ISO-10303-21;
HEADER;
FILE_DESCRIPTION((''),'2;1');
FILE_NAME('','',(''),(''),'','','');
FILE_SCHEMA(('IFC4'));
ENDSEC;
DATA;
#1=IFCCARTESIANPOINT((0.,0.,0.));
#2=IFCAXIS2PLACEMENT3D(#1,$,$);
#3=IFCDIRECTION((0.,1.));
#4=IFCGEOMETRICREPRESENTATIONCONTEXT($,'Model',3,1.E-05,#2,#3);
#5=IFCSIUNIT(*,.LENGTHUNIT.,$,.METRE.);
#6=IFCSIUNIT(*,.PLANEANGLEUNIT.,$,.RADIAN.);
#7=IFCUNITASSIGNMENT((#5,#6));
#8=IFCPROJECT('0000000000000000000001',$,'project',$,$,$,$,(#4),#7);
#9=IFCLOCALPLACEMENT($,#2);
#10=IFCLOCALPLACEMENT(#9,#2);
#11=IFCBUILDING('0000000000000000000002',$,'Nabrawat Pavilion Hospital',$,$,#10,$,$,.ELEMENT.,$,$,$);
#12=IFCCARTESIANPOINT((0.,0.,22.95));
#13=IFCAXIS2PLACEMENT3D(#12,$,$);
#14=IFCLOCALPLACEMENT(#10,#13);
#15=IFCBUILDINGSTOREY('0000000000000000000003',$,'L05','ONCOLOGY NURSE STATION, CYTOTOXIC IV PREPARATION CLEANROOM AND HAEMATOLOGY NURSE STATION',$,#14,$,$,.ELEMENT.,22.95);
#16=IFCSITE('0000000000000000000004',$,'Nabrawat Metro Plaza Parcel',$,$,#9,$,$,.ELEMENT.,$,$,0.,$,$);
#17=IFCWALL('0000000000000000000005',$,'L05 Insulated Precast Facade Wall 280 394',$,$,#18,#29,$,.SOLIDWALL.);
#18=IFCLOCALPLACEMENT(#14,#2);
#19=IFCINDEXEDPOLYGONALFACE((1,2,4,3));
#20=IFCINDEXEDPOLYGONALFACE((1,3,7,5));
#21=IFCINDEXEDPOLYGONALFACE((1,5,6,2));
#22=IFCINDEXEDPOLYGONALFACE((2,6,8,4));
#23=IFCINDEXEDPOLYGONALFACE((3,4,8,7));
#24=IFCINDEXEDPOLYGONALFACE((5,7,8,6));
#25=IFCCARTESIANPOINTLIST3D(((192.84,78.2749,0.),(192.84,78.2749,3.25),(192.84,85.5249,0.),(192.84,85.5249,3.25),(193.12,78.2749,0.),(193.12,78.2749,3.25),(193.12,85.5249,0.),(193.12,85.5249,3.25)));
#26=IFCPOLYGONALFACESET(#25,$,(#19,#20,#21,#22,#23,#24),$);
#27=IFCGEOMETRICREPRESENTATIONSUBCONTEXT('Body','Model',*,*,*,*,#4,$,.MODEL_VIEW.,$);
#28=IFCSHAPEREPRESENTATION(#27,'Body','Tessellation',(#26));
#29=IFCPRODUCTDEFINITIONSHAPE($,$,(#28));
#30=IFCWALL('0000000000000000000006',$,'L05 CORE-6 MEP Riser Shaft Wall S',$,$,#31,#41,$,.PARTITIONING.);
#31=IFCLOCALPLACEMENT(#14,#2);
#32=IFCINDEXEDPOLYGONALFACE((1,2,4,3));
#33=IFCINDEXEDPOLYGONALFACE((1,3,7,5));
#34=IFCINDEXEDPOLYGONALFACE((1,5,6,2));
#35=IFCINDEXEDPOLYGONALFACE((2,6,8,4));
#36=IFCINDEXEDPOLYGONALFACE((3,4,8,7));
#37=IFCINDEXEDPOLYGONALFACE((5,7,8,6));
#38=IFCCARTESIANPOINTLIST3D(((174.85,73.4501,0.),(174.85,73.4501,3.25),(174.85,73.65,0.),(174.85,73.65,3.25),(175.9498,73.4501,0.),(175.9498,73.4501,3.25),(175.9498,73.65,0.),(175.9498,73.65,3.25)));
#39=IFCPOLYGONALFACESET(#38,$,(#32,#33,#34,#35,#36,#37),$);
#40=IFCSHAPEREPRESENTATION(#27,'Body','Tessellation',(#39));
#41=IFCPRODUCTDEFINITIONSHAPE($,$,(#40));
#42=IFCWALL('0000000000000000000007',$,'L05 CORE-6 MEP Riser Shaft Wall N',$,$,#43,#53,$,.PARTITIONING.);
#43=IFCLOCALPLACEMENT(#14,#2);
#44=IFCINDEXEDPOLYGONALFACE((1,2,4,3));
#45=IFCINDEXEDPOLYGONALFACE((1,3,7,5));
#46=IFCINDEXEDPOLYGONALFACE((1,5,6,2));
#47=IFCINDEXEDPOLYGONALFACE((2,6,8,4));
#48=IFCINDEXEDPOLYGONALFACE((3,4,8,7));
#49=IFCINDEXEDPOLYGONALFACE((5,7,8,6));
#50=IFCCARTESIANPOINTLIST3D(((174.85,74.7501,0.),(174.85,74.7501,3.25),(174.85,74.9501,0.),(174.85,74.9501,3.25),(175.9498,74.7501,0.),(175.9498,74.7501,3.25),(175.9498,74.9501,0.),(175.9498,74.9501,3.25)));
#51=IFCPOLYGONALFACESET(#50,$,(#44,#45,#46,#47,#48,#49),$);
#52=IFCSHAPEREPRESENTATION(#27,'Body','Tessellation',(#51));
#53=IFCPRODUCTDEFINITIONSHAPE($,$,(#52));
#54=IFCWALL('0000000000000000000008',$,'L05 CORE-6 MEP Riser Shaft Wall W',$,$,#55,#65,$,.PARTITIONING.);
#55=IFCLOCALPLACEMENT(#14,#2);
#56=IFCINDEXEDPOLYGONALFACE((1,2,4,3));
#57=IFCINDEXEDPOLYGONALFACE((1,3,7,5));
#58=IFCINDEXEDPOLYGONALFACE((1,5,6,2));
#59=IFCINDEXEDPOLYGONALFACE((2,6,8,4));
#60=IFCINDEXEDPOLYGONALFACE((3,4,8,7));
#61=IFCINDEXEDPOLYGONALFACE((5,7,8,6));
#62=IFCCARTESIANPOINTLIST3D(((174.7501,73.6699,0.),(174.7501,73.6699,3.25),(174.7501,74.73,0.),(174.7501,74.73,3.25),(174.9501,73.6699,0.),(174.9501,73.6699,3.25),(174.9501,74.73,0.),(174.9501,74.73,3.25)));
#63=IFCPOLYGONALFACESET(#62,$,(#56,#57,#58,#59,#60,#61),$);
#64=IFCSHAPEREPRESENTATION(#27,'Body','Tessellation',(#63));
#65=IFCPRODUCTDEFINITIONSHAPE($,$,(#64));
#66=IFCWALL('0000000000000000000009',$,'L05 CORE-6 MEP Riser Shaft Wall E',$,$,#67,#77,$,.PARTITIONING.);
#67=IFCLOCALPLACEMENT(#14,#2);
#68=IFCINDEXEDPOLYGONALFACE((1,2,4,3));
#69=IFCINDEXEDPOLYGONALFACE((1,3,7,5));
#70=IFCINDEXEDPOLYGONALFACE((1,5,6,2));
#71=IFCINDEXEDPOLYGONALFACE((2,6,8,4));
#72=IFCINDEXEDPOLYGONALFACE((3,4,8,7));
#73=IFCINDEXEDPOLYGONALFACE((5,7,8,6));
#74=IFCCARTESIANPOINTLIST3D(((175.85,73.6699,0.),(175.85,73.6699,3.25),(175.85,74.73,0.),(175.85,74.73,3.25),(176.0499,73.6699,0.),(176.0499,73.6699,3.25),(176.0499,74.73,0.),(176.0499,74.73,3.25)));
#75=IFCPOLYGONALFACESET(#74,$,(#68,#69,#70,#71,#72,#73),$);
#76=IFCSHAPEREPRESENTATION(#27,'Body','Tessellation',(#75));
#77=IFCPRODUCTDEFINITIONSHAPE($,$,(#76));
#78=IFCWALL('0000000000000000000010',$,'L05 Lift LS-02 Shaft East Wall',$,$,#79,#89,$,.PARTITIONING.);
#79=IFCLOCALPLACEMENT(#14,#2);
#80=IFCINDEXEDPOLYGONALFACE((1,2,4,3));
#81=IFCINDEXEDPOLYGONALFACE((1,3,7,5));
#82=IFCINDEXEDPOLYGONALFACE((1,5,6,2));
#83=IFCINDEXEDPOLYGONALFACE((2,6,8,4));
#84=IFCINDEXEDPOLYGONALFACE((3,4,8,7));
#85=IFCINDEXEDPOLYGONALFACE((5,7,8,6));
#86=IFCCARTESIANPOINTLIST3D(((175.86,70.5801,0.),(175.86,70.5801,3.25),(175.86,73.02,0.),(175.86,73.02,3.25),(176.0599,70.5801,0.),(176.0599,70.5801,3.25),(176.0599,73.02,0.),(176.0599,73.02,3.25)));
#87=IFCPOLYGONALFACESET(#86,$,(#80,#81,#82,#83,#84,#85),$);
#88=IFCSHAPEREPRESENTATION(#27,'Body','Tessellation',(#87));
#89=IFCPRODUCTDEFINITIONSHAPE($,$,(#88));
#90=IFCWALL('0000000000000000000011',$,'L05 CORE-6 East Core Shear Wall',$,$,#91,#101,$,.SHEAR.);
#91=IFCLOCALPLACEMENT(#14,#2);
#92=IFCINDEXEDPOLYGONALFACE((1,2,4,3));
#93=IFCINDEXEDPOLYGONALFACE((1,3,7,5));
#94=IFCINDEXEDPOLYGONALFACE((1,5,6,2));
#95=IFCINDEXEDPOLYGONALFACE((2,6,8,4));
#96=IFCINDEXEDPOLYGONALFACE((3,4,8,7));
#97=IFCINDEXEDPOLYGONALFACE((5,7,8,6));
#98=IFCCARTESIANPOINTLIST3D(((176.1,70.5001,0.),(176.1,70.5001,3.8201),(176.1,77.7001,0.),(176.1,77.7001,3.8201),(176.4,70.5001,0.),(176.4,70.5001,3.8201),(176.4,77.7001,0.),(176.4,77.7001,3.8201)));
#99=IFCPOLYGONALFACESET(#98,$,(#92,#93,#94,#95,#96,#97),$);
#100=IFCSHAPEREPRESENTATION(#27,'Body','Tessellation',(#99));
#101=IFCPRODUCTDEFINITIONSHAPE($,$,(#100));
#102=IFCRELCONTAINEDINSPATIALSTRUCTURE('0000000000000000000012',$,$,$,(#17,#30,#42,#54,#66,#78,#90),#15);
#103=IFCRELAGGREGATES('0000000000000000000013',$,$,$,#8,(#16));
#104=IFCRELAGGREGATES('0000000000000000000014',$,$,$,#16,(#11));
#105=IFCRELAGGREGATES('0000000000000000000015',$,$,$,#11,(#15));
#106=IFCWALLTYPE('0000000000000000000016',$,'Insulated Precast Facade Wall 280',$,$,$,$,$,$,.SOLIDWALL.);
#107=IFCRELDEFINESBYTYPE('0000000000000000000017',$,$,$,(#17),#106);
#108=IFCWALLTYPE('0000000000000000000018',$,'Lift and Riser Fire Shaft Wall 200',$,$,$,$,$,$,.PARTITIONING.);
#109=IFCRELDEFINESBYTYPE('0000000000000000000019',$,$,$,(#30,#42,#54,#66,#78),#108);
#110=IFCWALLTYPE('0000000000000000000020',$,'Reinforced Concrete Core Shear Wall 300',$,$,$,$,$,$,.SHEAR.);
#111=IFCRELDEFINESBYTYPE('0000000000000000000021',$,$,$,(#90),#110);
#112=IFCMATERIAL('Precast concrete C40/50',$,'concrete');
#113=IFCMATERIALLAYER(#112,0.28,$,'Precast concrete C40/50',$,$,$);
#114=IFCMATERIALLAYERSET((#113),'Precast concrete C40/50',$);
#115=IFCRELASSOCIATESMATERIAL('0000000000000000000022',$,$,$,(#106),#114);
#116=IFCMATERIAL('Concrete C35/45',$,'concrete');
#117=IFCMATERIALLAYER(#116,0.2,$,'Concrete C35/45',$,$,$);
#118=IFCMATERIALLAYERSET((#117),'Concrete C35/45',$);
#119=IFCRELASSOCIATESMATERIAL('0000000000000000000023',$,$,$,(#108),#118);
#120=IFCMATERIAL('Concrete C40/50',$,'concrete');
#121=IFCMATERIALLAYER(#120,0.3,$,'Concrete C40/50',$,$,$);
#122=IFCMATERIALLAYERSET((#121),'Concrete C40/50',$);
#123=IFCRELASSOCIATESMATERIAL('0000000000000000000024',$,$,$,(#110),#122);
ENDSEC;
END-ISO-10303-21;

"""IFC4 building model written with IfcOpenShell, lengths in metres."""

from ifc_helpers import new_model, si_unit, direction, frame, frame_2d, origin, place, context, subcontext, project, spatial, rectangle, extrude, material, layer, layer_set, type_object, element, save


model = new_model("IFC4")

# Units and contexts
model_context = context("Model", 3, precision=1e-05, world=origin(), true_north=direction((0.0, 1.0)))
body_context = subcontext(model_context, "Body", "Model", "MODEL_VIEW")
ifc_project = project(units=[si_unit("LENGTHUNIT", "METRE"), si_unit("PLANEANGLEUNIT", "RADIAN")], contexts=[model_context])

# Site, building, storey
site_placement = place(None, origin())
site = spatial("IfcSite", under=ifc_project, at=site_placement, Name="Nabrawat Metro Plaza Parcel", CompositionType="ELEMENT", RefElevation=0.0)
building_placement = place(site_placement, origin())
building = spatial("IfcBuilding", under=site, at=building_placement, Name="Nabrawat Pavilion Hospital", CompositionType="ELEMENT")
storey_placement = place(building_placement, frame((0.0, 0.0, 22.95)))
storey = spatial("IfcBuildingStorey", under=building, at=storey_placement, Name="L05", Description="ONCOLOGY NURSE STATION, CYTOTOXIC IV PREPARATION CLEANROOM AND HAEMATOLOGY NURSE STATION", CompositionType="ELEMENT", Elevation=22.95)

# Shared definitions
ifc_material_1 = material(Name="Precast concrete C40/50", Category="concrete")
ifc_layer_1 = layer(ifc_material_1, 0.28, Name="Precast concrete C40/50")
ifc_layer_set_1 = layer_set([ifc_layer_1], Name="Precast concrete C40/50")
wall_type_1 = type_object("IfcWallType", Name="Insulated Precast Facade Wall 280", PredefinedType="SOLIDWALL", material=ifc_layer_set_1)

# Walls
wall_1_placement = place(storey_placement, frame((192.98, 78.2749, 0.0), z_axis=(0.0, 0.0, 1.0), x_axis=(0.0, 1.0, 0.0)))
element("IfcWall", 1, at=wall_1_placement, inside=storey, type_object=wall_type_1, Name="L05 Insulated Precast Facade Wall 280 394", PredefinedType="SOLIDWALL", context=body_context, shape_type="SweptSolid", body=[
    extrude(rectangle(XDim=7.25, YDim=0.28, at=frame_2d((3.625, 0.0))), origin(), (0.0, 0.0, 1.0), 3.25),
])
ifc_material_2 = material(Name="Concrete C35/45", Category="concrete")
ifc_layer_2 = layer(ifc_material_2, 0.2, Name="Concrete C35/45")
ifc_layer_set_2 = layer_set([ifc_layer_2], Name="Concrete C35/45")
wall_type_2 = type_object("IfcWallType", Name="Lift and Riser Fire Shaft Wall 200", PredefinedType="PARTITIONING", material=ifc_layer_set_2)
for number, where, z_axis, x_axis, name in (
    (2, (174.8501, 73.55, 0.0), (0.0, 0.0, 1.0), (1.0, 0.0, 0.0), "L05 CORE-6 MEP Riser Shaft Wall S"),
    (3, (174.8501, 74.8501, 0.0), (0.0, 0.0, 1.0), (1.0, 0.0, 0.0), "L05 CORE-6 MEP Riser Shaft Wall N"),
):
    element("IfcWall", number, at=place(storey_placement, frame(where, z_axis=z_axis, x_axis=x_axis)), inside=storey, type_object=wall_type_2, Name=name, PredefinedType="PARTITIONING", context=body_context, shape_type="SweptSolid", body=[
        extrude(rectangle(XDim=1.0999, YDim=0.2, at=frame_2d((0.5498, 0.0))), origin(), (0.0, 0.0, 1.0), 3.25),
    ])
for number, where, z_axis, x_axis, name in (
    (4, (174.8501, 73.6699, 0.0), (0.0, 0.0, 1.0), (0.0, 1.0, 0.0), "L05 CORE-6 MEP Riser Shaft Wall W"),
    (5, (175.95, 73.6699, 0.0), (0.0, 0.0, 1.0), (0.0, 1.0, 0.0), "L05 CORE-6 MEP Riser Shaft Wall E"),
):
    element("IfcWall", number, at=place(storey_placement, frame(where, z_axis=z_axis, x_axis=x_axis)), inside=storey, type_object=wall_type_2, Name=name, PredefinedType="PARTITIONING", context=body_context, shape_type="SweptSolid", body=[
        extrude(rectangle(XDim=1.0601, YDim=0.2, at=frame_2d((0.53, 0.0))), origin(), (0.0, 0.0, 1.0), 3.25),
    ])
wall_2_placement = place(storey_placement, frame((175.96, 70.5801, 0.0), z_axis=(0.0, 0.0, 1.0), x_axis=(0.0, 1.0, 0.0)))
element("IfcWall", 6, at=wall_2_placement, inside=storey, type_object=wall_type_2, Name="L05 Lift LS-02 Shaft East Wall", PredefinedType="PARTITIONING", context=body_context, shape_type="SweptSolid", body=[
    extrude(rectangle(XDim=2.4399, YDim=0.2, at=frame_2d((1.22, 0.0))), origin(), (0.0, 0.0, 1.0), 3.25),
])
ifc_material_3 = material(Name="Concrete C40/50", Category="concrete")
ifc_layer_3 = layer(ifc_material_3, 0.3, Name="Concrete C40/50")
ifc_layer_set_3 = layer_set([ifc_layer_3], Name="Concrete C40/50")
wall_type_3 = type_object("IfcWallType", Name="Reinforced Concrete Core Shear Wall 300", PredefinedType="SHEAR", material=ifc_layer_set_3)
wall_3_placement = place(storey_placement, frame((176.25, 70.5, 0.0), z_axis=(0.0, 0.0, 1.0), x_axis=(0.0, 1.0, 0.0)))
element("IfcWall", 7, at=wall_3_placement, inside=storey, type_object=wall_type_3, Name="L05 CORE-6 East Core Shear Wall", PredefinedType="SHEAR", context=body_context, shape_type="SweptSolid", body=[
    extrude(rectangle(XDim=7.2, YDim=0.3, at=frame_2d((3.6001, 0.0))), origin(), (0.0, 0.0, 1.0), 3.8201),
])

save(model, "model.ifc")
